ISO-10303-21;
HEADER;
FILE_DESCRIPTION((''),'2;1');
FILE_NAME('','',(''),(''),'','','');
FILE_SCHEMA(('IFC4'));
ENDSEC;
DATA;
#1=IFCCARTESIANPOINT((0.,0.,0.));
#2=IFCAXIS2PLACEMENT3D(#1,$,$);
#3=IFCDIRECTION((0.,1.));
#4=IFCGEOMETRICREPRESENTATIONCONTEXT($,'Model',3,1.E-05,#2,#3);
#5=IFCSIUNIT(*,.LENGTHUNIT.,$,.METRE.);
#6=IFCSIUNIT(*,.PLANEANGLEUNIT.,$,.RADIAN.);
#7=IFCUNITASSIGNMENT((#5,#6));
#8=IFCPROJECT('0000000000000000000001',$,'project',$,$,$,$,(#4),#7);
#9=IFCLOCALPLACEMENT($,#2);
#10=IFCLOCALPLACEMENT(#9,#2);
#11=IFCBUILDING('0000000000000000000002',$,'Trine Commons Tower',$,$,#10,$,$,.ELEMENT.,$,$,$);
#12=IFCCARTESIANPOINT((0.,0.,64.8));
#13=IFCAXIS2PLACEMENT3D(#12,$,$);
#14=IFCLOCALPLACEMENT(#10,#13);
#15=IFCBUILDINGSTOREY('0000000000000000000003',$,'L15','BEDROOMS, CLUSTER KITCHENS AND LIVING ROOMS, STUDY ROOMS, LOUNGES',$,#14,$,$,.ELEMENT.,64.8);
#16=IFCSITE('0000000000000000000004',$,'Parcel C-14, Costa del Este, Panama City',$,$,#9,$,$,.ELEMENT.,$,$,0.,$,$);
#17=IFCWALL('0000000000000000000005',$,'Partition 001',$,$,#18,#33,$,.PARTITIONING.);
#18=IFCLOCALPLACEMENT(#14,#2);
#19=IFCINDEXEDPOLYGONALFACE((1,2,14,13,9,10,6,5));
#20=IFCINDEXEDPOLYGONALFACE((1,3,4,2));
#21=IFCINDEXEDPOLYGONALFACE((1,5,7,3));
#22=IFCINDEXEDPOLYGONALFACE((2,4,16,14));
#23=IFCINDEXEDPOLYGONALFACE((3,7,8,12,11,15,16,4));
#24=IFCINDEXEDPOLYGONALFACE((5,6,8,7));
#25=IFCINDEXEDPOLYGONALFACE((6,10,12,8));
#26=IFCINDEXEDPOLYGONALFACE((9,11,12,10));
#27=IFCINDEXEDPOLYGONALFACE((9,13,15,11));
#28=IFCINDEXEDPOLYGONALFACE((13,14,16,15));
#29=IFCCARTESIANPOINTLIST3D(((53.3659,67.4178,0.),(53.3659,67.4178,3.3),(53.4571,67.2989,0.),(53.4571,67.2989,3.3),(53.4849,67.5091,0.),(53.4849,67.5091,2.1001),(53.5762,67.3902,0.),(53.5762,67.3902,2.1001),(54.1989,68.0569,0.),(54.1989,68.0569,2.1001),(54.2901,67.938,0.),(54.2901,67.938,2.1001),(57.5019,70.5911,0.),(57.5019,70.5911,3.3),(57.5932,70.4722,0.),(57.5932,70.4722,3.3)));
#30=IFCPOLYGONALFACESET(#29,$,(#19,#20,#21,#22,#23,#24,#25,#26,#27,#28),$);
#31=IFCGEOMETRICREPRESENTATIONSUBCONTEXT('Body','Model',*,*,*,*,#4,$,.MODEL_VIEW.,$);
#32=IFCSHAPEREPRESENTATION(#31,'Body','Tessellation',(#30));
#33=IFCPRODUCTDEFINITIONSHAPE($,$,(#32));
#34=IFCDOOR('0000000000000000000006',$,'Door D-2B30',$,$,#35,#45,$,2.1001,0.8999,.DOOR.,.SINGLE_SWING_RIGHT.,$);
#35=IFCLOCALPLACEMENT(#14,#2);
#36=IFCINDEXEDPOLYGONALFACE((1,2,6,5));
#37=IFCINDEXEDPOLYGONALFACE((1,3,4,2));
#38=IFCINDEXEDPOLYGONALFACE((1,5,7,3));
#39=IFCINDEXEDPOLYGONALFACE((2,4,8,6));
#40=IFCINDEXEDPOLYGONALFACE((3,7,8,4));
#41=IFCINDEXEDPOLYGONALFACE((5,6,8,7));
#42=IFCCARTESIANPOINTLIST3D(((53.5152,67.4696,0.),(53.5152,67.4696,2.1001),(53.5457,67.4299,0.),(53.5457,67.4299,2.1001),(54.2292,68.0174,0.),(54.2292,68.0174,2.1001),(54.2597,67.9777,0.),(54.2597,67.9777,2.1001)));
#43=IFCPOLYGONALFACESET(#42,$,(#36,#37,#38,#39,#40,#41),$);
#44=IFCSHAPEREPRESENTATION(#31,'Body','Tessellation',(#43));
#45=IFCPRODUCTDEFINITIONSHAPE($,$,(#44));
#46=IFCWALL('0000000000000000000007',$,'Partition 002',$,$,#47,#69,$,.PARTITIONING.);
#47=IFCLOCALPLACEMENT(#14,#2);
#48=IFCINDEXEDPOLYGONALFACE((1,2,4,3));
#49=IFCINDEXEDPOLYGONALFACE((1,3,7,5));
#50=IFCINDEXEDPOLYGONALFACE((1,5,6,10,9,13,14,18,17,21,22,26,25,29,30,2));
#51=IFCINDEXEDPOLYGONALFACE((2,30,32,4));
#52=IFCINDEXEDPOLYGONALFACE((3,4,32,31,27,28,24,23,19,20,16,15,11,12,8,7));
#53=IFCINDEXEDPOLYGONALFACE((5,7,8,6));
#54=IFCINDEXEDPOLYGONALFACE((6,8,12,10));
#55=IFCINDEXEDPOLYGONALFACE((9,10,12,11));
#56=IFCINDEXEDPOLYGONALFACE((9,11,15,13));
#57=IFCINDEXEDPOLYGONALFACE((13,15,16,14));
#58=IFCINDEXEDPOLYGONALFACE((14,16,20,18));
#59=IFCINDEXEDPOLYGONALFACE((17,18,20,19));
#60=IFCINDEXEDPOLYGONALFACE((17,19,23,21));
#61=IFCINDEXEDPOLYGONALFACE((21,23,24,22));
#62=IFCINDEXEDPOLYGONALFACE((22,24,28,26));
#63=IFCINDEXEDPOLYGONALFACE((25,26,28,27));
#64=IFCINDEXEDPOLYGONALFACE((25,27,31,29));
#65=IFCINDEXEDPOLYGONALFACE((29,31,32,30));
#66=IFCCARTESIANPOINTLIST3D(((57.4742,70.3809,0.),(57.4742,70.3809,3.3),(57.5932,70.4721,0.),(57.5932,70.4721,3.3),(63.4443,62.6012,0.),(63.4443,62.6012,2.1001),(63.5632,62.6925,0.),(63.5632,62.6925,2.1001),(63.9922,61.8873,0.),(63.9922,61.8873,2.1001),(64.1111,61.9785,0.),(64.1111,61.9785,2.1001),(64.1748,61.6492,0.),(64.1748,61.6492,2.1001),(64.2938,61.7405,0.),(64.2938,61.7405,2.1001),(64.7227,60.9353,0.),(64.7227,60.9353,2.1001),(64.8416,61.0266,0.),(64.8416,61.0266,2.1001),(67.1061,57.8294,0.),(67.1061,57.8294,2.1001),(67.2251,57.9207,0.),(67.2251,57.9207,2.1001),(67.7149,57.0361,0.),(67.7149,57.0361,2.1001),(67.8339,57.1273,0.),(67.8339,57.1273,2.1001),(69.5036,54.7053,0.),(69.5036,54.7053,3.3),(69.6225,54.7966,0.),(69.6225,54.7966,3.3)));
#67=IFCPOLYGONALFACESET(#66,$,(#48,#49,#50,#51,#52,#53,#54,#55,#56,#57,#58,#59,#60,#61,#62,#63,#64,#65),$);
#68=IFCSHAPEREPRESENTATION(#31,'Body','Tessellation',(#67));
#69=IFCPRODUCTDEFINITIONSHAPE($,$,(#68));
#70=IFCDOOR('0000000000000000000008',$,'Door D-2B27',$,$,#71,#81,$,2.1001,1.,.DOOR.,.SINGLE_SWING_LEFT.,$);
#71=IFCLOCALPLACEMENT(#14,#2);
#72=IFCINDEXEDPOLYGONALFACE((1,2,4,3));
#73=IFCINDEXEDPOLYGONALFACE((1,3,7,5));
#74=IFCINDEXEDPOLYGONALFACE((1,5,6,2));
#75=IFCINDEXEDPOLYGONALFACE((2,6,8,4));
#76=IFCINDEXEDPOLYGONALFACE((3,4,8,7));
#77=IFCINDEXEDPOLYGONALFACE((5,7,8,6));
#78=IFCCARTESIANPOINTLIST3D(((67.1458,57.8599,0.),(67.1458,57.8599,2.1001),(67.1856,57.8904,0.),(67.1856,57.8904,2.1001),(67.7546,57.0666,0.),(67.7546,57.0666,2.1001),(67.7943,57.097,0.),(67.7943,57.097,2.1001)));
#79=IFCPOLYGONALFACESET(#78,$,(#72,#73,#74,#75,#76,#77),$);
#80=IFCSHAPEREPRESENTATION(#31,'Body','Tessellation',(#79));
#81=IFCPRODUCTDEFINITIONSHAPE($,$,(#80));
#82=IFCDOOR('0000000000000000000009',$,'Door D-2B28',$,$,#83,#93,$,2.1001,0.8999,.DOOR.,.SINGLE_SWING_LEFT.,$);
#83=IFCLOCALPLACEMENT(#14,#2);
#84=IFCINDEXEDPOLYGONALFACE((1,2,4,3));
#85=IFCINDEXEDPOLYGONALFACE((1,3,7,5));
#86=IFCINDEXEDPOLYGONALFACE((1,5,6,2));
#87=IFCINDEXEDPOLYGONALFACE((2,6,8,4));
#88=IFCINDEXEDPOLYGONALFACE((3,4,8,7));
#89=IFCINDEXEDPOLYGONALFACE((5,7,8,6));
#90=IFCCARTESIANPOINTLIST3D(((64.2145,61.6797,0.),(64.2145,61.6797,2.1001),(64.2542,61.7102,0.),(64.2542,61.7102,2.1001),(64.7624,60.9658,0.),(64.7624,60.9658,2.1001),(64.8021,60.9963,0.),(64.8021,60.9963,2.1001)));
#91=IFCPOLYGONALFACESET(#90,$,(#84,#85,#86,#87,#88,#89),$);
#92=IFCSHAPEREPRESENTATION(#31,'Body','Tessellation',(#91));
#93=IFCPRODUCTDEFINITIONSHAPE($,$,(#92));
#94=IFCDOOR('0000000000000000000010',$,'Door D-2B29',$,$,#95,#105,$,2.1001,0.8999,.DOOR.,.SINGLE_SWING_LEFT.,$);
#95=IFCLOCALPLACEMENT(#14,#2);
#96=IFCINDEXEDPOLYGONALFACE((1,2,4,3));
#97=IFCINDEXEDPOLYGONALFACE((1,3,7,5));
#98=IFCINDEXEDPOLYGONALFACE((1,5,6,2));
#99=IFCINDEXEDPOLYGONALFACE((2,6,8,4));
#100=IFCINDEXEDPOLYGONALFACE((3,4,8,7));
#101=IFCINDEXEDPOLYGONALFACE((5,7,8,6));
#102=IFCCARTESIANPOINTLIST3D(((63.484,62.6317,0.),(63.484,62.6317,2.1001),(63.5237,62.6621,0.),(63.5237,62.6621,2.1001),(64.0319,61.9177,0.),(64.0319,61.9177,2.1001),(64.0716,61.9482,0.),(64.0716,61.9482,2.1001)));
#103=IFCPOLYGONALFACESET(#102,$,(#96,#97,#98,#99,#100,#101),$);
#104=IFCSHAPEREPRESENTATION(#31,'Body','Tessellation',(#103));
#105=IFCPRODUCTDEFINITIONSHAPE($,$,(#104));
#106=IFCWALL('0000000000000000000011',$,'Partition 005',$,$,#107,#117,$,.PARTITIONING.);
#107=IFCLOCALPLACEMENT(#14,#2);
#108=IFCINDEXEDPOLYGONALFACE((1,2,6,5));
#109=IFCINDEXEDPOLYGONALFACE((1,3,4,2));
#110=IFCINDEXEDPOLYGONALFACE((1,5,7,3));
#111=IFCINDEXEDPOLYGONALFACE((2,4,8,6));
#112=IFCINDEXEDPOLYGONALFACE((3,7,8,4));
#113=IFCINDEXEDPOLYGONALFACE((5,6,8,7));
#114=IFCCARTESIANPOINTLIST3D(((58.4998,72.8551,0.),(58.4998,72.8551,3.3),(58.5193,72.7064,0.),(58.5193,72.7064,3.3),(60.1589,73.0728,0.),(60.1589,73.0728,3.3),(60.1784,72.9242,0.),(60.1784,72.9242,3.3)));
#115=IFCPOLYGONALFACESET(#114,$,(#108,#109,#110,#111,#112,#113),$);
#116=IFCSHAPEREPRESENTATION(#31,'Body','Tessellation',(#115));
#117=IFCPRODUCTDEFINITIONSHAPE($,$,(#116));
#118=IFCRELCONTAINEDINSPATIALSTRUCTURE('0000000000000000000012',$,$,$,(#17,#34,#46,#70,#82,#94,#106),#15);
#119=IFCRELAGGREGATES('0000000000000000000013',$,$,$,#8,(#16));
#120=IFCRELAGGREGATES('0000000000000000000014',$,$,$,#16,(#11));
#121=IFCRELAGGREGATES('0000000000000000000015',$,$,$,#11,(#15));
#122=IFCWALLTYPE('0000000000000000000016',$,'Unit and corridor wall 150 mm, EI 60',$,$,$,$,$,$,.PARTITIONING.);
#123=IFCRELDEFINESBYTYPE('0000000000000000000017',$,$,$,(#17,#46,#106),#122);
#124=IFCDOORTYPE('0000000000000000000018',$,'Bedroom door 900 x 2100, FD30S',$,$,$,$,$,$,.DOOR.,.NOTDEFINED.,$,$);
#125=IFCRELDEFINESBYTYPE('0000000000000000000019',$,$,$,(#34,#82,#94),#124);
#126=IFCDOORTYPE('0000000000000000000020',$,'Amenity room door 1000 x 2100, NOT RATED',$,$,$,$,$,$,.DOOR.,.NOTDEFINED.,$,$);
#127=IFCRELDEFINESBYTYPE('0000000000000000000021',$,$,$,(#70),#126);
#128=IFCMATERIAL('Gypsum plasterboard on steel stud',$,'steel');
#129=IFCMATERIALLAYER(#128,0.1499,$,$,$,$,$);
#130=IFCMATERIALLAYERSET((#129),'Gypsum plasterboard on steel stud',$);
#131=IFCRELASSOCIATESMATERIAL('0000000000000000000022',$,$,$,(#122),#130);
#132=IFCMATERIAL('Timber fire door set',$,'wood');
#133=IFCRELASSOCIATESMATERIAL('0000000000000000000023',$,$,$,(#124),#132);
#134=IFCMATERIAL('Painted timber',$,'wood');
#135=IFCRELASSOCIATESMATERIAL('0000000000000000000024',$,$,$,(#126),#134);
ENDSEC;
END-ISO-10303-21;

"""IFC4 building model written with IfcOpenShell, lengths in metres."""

from ifc_helpers import new_model, si_unit, direction, frame, frame_2d, origin, place, context, subcontext, project, spatial, rectangle, extrude, material, layer, layer_set, type_object, element, fill, save


model = new_model("IFC4")

# Units and contexts
model_context = context("Model", 3, precision=1e-05, world=origin(), true_north=direction((0.0, 1.0)))
body_context = subcontext(model_context, "Body", "Model", "MODEL_VIEW")
ifc_project = project(units=[si_unit("LENGTHUNIT", "METRE"), si_unit("PLANEANGLEUNIT", "RADIAN")], contexts=[model_context])

# Site, building, storey
site_placement = place(None, origin())
site = spatial("IfcSite", under=ifc_project, at=site_placement, Name="Parcel C-14, Costa del Este, Panama City", CompositionType="ELEMENT", RefElevation=0.0)
building_placement = place(site_placement, origin())
building = spatial("IfcBuilding", under=site, at=building_placement, Name="Trine Commons Tower", CompositionType="ELEMENT")
storey_placement = place(building_placement, frame((0.0, 0.0, 64.8)))
storey = spatial("IfcBuildingStorey", under=building, at=storey_placement, Name="L15", Description="BEDROOMS, CLUSTER KITCHENS AND LIVING ROOMS, STUDY ROOMS, LOUNGES", CompositionType="ELEMENT", Elevation=64.8)

# Wall, opening, door
ifc_material_1 = material(Name="Gypsum plasterboard on steel stud", Category="steel")
ifc_layer_1 = layer(ifc_material_1, 0.1499)
ifc_layer_set_1 = layer_set([ifc_layer_1], Name="Gypsum plasterboard on steel stud")
wall_type_1 = type_object("IfcWallType", Name="Unit and corridor wall 150 mm, EI 60", PredefinedType="PARTITIONING", material=ifc_layer_set_1)
wall_1_placement = place(storey_placement, frame((53.4116, 67.3584, 0.0), z_axis=(0.0, 0.0, 1.0), x_axis=(0.793382, 0.608724, 0.0)))
wall_1 = element("IfcWall", 1, at=wall_1_placement, inside=storey, type_object=wall_type_1, Name="Partition 001", PredefinedType="PARTITIONING", context=body_context, shape_type="SweptSolid", body=[
    extrude(rectangle(XDim=5.2131, YDim=0.1499, at=frame_2d((2.6064, 0.0))), origin(), (0.0, 0.0, 1.0), 3.3),
])
opening_1_placement = place(wall_1_placement, frame((0.1499, 0.0, 0.0)))
opening_1 = element("IfcOpeningElement", 2, at=opening_1_placement, cuts=wall_1, PredefinedType="OPENING", context=body_context, shape_type="SweptSolid", body=[
    extrude(rectangle(XDim=0.8999, YDim=2.1001, at=frame_2d((0.45, 1.05))), frame((0.0, 0.085, 0.0), z_axis=(0.0, -1.0, 0.0), x_axis=(1.0, 0.0, 0.0)), (0.0, 0.0, 1.0), 0.1699),
])
ifc_material_2 = material(Name="Timber fire door set", Category="wood")
door_type_1 = type_object("IfcDoorType", Name="Bedroom door 900 x 2100, FD30S", OperationType="NOTDEFINED", PredefinedType="DOOR", material=ifc_material_2)
door_1_placement = place(opening_1_placement, frame((0.8999, 0.0, 0.0), z_axis=(0.0, 0.0, 1.0), x_axis=(-1.0, 0.0, 0.0)))
door_1 = element("IfcDoor", 3, at=door_1_placement, inside=storey, type_object=door_type_1, Name="Door D-2B30", OperationType="SINGLE_SWING_RIGHT", OverallHeight=2.1001, OverallWidth=0.8999, PredefinedType="DOOR", context=body_context, shape_type="SweptSolid", body=[
    extrude(rectangle(XDim=0.8999, YDim=2.1001, at=frame_2d((0.45, 1.05))), frame((0.0, 0.0249, 0.0), z_axis=(0.0, -1.0, 0.0), x_axis=(1.0, 0.0, 0.0)), (0.0, 0.0, 1.0), 0.05),
])
fill(opening_1, door_1)

# Wall, openings, doors
wall_2_placement = place(storey_placement, frame((57.5337, 70.4265, 0.0), z_axis=(0.0, 0.0, 1.0), x_axis=(0.608794, -0.793328, 0.0)))
wall_2 = element("IfcWall", 4, at=wall_2_placement, inside=storey, type_object=wall_type_1, Name="Partition 002", PredefinedType="PARTITIONING", context=body_context, shape_type="SweptSolid", body=[
    extrude(rectangle(XDim=19.7593, YDim=0.1499, at=frame_2d((9.8796, 0.0))), origin(), (0.0, 0.0, 1.0), 3.3),
])
opening_2_placement = place(wall_2_placement, frame((15.8213, 0.0, 0.0)))
opening_2 = element("IfcOpeningElement", 5, at=opening_2_placement, cuts=wall_2, PredefinedType="OPENING", context=body_context, shape_type="SweptSolid", body=[
    extrude(rectangle(XDim=1.0, YDim=2.1001, at=frame_2d((0.5, 1.05))), frame((0.0, 0.085, 0.0), z_axis=(0.0, -1.0, 0.0), x_axis=(1.0, 0.0, 0.0)), (0.0, 0.0, 1.0), 0.1699),
])
opening_3_placement = place(wall_2_placement, frame((11.0063, 0.0, 0.0)))
opening_3 = element("IfcOpeningElement", 6, at=opening_3_placement, cuts=wall_2, PredefinedType="OPENING", context=body_context, shape_type="SweptSolid", body=[
    extrude(rectangle(XDim=0.8999, YDim=2.1001, at=frame_2d((0.45, 1.05))), frame((0.0, 0.085, 0.0), z_axis=(0.0, -1.0, 0.0), x_axis=(1.0, 0.0, 0.0)), (0.0, 0.0, 1.0), 0.1699),
])
opening_4_placement = place(wall_2_placement, frame((9.8064, 0.0, 0.0)))
opening_4 = element("IfcOpeningElement", 7, at=opening_4_placement, cuts=wall_2, PredefinedType="OPENING", context=body_context, shape_type="SweptSolid", body=[
    extrude(rectangle(XDim=0.8999, YDim=2.1001, at=frame_2d((0.45, 1.05))), frame((0.0, 0.085, 0.0), z_axis=(0.0, -1.0, 0.0), x_axis=(1.0, 0.0, 0.0)), (0.0, 0.0, 1.0), 0.1699),
])
ifc_material_3 = material(Name="Painted timber", Category="wood")
door_type_2 = type_object("IfcDoorType", Name="Amenity room door 1000 x 2100, NOT RATED", OperationType="NOTDEFINED", PredefinedType="DOOR", material=ifc_material_3)
door_2_placement = place(opening_2_placement, frame((1.0, 0.0, 0.0), z_axis=(0.0, 0.0, 1.0), x_axis=(-1.0, 0.0, 0.0)))
door_2 = element("IfcDoor", 8, at=door_2_placement, inside=storey, type_object=door_type_2, Name="Door D-2B27", OperationType="SINGLE_SWING_LEFT", OverallHeight=2.1001, OverallWidth=1.0, PredefinedType="DOOR", context=body_context, shape_type="SweptSolid", body=[
    extrude(rectangle(XDim=1.0, YDim=2.1001, at=frame_2d((0.5, 1.05))), frame((0.0, 0.0249, 0.0), z_axis=(0.0, -1.0, 0.0), x_axis=(1.0, 0.0, 0.0)), (0.0, 0.0, 1.0), 0.05),
])
fill(opening_2, door_2)
door_3_placement = place(opening_3_placement, frame((0.8999, 0.0, 0.0), z_axis=(0.0, 0.0, 1.0), x_axis=(-1.0, 0.0, 0.0)))
door_3 = element("IfcDoor", 9, at=door_3_placement, inside=storey, type_object=door_type_1, Name="Door D-2B28", OperationType="SINGLE_SWING_LEFT", OverallHeight=2.1001, OverallWidth=0.8999, PredefinedType="DOOR", context=body_context, shape_type="SweptSolid", body=[
    extrude(rectangle(XDim=0.8999, YDim=2.1001, at=frame_2d((0.45, 1.05))), frame((0.0, 0.0249, 0.0), z_axis=(0.0, -1.0, 0.0), x_axis=(1.0, 0.0, 0.0)), (0.0, 0.0, 1.0), 0.05),
])
fill(opening_3, door_3)
door_4_placement = place(opening_4_placement, frame((0.8999, 0.0, 0.0), z_axis=(0.0, 0.0, 1.0), x_axis=(-1.0, 0.0, 0.0)))
door_4 = element("IfcDoor", 10, at=door_4_placement, inside=storey, type_object=door_type_1, Name="Door D-2B29", OperationType="SINGLE_SWING_LEFT", OverallHeight=2.1001, OverallWidth=0.8999, PredefinedType="DOOR", context=body_context, shape_type="SweptSolid", body=[
    extrude(rectangle(XDim=0.8999, YDim=2.1001, at=frame_2d((0.45, 1.05))), frame((0.0, 0.0249, 0.0), z_axis=(0.0, -1.0, 0.0), x_axis=(1.0, 0.0, 0.0)), (0.0, 0.0, 1.0), 0.05),
])
fill(opening_4, door_4)

# Wall
wall_3_placement = place(storey_placement, frame((58.5095, 72.7808, 0.0), z_axis=(0.0, 0.0, 1.0), x_axis=(0.991496, 0.130137, 0.0)))
element("IfcWall", 11, at=wall_3_placement, inside=storey, type_object=wall_type_1, Name="Partition 005", PredefinedType="PARTITIONING", context=body_context, shape_type="SweptSolid", body=[
    extrude(rectangle(XDim=1.6733, YDim=0.1499, at=frame_2d((0.8367, 0.0))), origin(), (0.0, 0.0, 1.0), 3.3),
])

save(model, "model.ifc")
